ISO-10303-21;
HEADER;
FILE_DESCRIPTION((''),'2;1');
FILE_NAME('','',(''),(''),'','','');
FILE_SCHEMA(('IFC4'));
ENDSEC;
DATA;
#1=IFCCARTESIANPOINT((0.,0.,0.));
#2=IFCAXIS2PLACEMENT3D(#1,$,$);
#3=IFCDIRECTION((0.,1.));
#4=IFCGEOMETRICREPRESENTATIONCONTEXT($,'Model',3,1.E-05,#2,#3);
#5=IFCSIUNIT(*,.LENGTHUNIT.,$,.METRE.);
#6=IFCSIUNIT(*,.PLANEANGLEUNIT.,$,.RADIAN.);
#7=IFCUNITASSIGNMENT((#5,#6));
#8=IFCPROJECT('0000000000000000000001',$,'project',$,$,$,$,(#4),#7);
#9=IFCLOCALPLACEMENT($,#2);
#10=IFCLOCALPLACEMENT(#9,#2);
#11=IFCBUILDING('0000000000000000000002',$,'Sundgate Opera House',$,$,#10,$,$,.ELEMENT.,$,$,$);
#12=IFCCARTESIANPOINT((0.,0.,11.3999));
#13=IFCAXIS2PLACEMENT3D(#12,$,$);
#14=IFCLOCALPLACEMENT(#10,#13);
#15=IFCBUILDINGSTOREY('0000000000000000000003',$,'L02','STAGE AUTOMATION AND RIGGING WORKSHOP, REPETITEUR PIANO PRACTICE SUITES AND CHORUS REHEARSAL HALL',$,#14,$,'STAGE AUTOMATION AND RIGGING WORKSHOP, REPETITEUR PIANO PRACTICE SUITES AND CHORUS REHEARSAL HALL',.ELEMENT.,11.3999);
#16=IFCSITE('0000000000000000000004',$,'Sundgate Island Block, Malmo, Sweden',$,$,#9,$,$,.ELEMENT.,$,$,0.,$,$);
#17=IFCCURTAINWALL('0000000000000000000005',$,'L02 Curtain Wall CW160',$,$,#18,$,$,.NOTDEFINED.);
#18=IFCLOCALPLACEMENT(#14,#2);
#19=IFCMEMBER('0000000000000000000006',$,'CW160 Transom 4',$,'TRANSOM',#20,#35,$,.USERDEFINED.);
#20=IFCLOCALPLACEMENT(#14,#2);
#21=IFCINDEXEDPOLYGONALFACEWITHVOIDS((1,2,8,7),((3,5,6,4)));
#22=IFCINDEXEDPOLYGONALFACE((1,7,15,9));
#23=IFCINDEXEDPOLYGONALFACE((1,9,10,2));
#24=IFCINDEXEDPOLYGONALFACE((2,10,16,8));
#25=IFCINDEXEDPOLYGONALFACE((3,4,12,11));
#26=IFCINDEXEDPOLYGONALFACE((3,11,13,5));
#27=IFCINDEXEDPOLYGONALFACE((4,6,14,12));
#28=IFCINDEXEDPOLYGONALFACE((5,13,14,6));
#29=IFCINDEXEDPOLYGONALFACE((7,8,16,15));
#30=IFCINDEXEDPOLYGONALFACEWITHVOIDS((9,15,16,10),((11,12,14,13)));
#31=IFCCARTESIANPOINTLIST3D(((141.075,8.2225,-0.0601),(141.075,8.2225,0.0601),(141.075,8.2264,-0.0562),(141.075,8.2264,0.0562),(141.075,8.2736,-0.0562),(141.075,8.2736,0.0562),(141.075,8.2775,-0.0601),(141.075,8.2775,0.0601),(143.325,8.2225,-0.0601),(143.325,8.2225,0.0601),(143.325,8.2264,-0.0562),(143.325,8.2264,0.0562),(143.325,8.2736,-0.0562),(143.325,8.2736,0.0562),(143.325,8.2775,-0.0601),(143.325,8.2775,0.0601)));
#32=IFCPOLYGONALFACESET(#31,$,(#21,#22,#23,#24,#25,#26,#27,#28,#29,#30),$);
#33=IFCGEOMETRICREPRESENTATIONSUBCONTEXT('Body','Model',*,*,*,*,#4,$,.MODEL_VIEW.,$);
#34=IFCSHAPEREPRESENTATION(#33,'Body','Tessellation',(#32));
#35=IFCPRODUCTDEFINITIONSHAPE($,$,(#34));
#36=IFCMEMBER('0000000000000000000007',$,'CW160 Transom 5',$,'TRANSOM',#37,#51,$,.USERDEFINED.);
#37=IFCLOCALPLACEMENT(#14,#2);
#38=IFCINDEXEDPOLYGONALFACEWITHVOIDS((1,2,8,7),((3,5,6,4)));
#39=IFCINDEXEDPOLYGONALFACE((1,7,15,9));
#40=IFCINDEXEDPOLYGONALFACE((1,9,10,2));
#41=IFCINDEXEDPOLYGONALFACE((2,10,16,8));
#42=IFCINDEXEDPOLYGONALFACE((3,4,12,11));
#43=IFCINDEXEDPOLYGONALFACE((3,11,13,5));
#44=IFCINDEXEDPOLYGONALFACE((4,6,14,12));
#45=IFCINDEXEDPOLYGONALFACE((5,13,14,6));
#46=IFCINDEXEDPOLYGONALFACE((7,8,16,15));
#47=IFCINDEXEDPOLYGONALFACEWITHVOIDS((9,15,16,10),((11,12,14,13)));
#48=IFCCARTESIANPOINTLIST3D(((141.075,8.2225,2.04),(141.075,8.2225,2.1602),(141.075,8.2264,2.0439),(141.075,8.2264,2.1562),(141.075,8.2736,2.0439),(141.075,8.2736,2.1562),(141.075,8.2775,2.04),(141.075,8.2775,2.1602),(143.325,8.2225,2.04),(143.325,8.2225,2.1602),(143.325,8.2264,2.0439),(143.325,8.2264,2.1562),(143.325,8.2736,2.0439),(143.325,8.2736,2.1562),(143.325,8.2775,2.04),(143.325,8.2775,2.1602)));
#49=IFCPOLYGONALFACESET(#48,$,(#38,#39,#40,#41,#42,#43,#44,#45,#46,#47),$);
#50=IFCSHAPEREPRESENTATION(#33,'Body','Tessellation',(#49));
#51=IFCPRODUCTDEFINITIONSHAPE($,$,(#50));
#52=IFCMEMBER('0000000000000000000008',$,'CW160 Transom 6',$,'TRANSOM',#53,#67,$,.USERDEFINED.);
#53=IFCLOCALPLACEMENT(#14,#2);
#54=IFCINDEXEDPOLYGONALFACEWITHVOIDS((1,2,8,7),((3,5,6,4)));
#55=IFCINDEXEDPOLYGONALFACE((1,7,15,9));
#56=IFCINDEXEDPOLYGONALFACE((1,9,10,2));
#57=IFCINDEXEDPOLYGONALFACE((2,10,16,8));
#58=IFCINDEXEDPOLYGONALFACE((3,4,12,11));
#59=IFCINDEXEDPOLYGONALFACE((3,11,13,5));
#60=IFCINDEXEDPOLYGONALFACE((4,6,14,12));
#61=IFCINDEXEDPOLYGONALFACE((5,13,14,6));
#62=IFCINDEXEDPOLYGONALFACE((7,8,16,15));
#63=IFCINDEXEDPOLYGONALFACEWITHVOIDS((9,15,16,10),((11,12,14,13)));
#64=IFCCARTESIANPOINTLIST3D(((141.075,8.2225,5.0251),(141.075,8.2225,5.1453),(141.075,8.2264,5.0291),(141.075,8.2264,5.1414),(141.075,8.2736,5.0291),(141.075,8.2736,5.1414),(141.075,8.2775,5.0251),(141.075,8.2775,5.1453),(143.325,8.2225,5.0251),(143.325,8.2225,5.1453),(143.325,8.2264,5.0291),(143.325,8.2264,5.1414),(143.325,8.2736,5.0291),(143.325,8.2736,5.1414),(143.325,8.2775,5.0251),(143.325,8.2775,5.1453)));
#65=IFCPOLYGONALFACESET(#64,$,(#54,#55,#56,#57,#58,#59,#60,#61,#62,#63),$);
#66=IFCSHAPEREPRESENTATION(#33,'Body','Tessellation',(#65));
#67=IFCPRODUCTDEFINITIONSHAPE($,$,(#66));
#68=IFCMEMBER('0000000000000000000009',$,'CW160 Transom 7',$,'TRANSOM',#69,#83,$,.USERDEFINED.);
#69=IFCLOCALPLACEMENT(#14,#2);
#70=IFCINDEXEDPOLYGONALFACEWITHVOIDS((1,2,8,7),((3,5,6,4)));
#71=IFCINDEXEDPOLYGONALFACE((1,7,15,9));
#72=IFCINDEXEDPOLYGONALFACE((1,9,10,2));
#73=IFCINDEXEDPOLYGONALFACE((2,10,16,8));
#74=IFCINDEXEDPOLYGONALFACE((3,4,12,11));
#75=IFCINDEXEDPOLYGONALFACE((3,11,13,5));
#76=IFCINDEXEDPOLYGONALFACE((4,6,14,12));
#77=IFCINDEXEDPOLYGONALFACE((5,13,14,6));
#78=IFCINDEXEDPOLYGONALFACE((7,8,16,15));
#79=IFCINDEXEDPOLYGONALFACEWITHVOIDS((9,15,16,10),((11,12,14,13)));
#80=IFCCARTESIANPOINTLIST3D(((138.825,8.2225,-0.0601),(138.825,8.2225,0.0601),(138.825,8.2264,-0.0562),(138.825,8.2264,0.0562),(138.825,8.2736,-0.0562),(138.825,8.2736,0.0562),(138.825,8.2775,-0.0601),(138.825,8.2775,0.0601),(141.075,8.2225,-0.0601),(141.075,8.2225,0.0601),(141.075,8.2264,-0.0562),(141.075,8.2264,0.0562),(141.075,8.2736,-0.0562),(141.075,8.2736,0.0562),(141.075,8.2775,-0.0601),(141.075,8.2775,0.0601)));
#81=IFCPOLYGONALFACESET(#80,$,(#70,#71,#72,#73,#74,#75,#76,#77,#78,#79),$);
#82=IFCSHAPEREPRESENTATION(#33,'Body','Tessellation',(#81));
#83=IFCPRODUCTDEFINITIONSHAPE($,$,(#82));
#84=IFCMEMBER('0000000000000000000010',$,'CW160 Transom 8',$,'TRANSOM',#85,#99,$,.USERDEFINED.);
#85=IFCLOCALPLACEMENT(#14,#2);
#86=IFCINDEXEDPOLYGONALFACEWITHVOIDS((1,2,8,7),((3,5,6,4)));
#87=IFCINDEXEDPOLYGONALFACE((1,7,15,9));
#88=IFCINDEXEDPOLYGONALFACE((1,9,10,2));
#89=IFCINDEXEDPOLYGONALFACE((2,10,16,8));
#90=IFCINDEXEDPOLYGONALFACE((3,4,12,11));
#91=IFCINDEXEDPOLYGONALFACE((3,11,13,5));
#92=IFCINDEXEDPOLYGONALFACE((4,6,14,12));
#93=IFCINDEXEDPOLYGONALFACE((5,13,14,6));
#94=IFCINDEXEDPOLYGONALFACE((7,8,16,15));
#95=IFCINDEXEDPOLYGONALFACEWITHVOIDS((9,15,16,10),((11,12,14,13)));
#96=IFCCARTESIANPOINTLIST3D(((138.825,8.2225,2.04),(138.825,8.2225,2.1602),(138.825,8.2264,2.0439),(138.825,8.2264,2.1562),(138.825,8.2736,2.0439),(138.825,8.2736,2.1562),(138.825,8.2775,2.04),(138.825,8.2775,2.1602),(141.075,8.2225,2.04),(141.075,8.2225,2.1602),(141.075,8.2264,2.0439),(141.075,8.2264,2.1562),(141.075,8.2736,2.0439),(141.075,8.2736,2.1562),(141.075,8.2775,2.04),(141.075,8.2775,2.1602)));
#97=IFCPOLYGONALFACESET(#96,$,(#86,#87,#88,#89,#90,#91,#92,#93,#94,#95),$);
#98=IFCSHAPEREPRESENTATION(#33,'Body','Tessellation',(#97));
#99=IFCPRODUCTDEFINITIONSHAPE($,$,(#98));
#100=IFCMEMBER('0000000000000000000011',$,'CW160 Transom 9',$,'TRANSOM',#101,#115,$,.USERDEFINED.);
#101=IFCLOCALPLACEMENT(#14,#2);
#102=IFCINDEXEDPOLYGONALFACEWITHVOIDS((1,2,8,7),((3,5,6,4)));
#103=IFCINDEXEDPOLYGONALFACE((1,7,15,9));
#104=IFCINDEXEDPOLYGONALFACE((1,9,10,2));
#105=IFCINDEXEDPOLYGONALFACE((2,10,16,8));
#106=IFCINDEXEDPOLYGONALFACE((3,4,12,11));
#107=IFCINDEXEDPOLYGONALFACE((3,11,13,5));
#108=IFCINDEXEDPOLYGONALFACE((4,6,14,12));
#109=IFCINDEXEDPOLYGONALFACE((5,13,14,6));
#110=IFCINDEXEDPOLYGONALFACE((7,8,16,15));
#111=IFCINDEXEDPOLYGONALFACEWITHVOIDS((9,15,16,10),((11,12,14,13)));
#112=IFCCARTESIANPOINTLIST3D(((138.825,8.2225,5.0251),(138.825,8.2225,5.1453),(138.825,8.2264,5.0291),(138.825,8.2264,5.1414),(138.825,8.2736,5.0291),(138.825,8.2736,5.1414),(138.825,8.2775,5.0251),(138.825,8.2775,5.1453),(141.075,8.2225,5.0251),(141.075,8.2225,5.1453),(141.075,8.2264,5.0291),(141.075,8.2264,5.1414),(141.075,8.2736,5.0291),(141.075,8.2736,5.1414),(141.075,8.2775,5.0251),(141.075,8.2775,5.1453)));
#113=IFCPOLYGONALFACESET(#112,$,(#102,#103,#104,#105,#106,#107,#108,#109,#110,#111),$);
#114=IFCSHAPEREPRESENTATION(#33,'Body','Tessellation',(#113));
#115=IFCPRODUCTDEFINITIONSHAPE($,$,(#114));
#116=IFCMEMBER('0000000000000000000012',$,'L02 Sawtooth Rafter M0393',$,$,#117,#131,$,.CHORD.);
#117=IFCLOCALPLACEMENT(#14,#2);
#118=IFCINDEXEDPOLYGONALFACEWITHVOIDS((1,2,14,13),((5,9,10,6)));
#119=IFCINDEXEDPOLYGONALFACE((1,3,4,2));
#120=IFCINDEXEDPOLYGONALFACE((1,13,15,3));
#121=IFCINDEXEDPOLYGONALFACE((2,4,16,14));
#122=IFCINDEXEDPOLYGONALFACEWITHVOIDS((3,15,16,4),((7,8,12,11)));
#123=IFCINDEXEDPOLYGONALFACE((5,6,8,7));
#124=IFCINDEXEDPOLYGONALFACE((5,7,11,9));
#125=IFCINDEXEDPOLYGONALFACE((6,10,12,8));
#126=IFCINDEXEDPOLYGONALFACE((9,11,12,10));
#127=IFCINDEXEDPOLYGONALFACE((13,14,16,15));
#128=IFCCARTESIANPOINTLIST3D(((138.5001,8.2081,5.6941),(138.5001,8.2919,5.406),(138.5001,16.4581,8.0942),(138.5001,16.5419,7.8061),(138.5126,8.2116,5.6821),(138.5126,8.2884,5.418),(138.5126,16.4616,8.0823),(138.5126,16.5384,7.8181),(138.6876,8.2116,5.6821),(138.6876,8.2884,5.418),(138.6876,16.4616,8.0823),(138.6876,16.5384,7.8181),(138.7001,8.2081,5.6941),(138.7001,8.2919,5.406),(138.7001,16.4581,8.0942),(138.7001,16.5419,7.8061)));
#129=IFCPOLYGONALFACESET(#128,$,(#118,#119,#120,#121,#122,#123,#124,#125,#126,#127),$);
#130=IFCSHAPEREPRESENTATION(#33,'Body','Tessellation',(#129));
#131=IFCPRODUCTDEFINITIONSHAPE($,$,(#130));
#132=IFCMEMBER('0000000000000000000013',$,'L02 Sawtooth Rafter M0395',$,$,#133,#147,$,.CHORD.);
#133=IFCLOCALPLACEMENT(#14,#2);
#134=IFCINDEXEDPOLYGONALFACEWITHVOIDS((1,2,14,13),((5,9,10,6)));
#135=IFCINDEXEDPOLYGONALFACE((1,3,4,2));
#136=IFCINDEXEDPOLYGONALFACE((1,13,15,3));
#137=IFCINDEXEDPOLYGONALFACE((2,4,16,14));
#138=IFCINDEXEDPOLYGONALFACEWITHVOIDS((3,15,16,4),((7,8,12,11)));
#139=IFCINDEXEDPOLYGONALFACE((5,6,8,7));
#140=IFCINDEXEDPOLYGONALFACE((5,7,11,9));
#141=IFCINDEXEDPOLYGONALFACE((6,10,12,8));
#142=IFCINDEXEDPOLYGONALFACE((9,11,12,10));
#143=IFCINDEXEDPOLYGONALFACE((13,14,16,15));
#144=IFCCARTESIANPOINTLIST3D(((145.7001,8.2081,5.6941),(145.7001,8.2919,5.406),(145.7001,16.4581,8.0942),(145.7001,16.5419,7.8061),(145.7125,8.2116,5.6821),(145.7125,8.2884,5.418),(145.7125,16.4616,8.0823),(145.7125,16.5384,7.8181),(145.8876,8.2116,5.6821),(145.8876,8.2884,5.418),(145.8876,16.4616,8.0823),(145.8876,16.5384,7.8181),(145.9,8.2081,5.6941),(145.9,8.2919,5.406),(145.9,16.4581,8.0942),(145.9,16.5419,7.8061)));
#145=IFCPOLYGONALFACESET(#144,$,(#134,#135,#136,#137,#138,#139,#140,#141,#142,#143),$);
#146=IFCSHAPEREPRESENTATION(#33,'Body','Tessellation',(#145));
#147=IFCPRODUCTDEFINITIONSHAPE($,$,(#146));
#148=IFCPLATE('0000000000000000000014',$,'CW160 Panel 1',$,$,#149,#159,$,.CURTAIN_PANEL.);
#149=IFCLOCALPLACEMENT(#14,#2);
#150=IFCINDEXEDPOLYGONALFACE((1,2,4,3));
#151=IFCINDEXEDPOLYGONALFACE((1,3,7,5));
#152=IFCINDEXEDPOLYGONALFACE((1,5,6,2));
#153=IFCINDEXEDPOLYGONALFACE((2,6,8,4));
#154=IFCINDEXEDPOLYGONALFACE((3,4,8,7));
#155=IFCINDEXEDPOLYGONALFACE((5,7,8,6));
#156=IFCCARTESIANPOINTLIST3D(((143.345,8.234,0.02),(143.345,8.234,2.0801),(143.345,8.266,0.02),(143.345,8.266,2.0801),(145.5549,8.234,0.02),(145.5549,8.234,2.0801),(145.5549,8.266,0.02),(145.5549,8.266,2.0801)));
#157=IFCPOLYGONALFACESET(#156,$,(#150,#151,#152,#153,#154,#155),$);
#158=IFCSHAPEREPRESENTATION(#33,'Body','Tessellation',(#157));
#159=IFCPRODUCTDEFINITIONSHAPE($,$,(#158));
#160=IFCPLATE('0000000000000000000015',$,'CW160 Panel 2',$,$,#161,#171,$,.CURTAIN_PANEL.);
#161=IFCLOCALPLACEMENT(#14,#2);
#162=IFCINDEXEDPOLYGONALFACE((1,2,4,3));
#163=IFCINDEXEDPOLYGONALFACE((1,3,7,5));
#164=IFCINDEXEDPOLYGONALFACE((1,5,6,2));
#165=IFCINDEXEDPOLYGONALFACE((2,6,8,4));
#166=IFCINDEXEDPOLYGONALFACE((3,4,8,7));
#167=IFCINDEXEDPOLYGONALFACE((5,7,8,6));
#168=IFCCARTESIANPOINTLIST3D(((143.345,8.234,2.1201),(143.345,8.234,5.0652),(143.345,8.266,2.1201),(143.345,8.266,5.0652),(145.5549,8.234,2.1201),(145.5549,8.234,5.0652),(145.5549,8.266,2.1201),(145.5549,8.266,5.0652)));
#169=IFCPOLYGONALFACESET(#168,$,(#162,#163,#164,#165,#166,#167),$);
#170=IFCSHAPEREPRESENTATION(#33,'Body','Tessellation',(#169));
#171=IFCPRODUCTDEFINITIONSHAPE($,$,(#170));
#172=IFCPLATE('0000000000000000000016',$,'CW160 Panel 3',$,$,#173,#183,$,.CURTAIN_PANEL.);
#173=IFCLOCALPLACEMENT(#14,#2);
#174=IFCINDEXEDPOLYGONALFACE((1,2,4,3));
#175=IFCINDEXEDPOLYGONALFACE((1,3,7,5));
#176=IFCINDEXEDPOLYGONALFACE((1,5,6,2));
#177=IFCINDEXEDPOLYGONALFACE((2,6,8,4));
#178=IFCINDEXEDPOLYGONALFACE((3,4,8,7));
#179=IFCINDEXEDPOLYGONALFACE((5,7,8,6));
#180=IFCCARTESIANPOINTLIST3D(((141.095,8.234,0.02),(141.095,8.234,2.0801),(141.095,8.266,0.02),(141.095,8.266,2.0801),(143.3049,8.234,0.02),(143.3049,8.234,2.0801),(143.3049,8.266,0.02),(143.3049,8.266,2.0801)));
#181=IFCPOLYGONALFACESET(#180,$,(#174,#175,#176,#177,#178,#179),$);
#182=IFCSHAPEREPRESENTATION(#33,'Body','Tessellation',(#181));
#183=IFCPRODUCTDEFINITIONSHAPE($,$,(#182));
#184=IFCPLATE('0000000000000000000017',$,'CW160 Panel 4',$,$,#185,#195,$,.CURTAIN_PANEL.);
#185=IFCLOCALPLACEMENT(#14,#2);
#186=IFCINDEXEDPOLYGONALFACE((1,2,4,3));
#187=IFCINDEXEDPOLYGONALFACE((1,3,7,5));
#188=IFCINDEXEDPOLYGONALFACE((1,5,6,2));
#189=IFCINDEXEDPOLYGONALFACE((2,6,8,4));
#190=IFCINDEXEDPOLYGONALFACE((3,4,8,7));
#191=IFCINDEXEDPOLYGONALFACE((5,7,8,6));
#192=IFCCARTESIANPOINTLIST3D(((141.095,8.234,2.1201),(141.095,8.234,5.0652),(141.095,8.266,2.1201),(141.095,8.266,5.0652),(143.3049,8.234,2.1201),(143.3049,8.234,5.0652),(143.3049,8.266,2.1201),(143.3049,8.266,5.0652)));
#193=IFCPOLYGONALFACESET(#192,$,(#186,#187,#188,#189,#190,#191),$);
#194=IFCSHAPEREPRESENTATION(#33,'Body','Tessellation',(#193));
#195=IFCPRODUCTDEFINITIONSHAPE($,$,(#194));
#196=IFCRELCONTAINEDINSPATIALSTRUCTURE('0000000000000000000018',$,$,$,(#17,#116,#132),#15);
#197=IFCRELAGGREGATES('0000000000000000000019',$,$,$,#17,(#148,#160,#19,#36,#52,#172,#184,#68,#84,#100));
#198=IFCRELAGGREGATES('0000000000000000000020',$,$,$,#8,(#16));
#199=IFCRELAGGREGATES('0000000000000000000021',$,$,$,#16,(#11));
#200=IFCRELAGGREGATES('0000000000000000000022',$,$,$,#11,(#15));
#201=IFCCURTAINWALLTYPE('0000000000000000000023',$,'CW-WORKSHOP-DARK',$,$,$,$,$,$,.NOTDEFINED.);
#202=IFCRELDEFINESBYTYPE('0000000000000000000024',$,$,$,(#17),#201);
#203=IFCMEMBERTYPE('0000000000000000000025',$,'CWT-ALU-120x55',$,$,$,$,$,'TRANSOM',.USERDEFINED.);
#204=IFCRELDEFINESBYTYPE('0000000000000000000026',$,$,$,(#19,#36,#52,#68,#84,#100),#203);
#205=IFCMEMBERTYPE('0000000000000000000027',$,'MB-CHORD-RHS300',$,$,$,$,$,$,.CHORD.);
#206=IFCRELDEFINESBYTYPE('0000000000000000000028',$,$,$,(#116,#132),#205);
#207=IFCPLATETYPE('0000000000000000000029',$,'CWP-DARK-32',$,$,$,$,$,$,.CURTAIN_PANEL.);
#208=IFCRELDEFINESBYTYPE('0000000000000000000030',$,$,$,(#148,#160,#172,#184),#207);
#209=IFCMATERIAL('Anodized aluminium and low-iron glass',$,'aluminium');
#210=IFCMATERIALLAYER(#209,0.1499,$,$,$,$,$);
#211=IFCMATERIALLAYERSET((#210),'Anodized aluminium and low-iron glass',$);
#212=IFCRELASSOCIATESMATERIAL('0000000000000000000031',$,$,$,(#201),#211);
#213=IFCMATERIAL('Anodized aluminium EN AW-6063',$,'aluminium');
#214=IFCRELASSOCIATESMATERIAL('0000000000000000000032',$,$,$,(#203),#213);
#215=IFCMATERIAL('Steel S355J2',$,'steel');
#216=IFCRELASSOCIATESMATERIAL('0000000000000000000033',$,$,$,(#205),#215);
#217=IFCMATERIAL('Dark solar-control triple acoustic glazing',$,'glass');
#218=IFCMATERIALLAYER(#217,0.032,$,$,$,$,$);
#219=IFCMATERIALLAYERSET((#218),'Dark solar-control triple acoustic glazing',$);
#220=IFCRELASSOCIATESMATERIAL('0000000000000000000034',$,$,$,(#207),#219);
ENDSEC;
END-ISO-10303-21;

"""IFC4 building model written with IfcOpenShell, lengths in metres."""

from ifc_helpers import new_model, si_unit, direction, frame, origin, origin_2d, place, context, subcontext, project, spatial, rectangle, hollow_rectangle, extrude, material, layer, layer_set, material_profile, profile_set, type_object, element, aggregate, save


model = new_model("IFC4")

# Units and contexts
model_context = context("Model", 3, precision=1e-05, world=origin(), true_north=direction((0.0, 1.0)))
body_context = subcontext(model_context, "Body", "Model", "MODEL_VIEW")
ifc_project = project(units=[si_unit("LENGTHUNIT", "METRE"), si_unit("PLANEANGLEUNIT", "RADIAN")], contexts=[model_context])

# Site, building, storey
site_placement = place(None, origin())
site = spatial("IfcSite", under=ifc_project, at=site_placement, Name="Sundgate Island Block, Malmo, Sweden", CompositionType="ELEMENT", RefElevation=0.0)
building_placement = place(site_placement, origin())
building = spatial("IfcBuilding", under=site, at=building_placement, Name="Sundgate Opera House", CompositionType="ELEMENT")
storey_placement = place(building_placement, frame((0.0, 0.0, 11.3999)))
storey = spatial("IfcBuildingStorey", under=building, at=storey_placement, Name="L02", Description="STAGE AUTOMATION AND RIGGING WORKSHOP, REPETITEUR PIANO PRACTICE SUITES AND CHORUS REHEARSAL HALL", LongName="STAGE AUTOMATION AND RIGGING WORKSHOP, REPETITEUR PIANO PRACTICE SUITES AND CHORUS REHEARSAL HALL", CompositionType="ELEMENT", Elevation=11.3999)

# Curtain wall
ifc_material_1 = material(Name="Anodized aluminium and low-iron glass", Category="aluminium")
ifc_layer_1 = layer(ifc_material_1, 0.1499)
ifc_layer_set_1 = layer_set([ifc_layer_1], Name="Anodized aluminium and low-iron glass")
curtain_wall_type = type_object("IfcCurtainWallType", Name="CW-WORKSHOP-DARK", PredefinedType="NOTDEFINED", material=ifc_layer_set_1)
curtain_wall_1_placement = place(storey_placement, origin())
curtain_wall_1 = element("IfcCurtainWall", 1, at=curtain_wall_1_placement, inside=storey, type_object=curtain_wall_type, Name="L02 Curtain Wall CW160", PredefinedType="NOTDEFINED")

# Shared definitions
ifc_material_2 = material(Name="Anodized aluminium EN AW-6063", Category="aluminium")
ifc_material_profile_1 = material_profile(ifc_material_2, hollow_rectangle(XDim=0.0549, YDim=0.1201, WallThickness=0.0039, at=origin_2d()), Name="CWT 120x55x4")
ifc_profile_set_1 = profile_set([ifc_material_profile_1], Name="Anodized aluminium EN AW-6063")
member_type_1 = type_object("IfcMemberType", Name="CWT-ALU-120x55", ElementType="TRANSOM", PredefinedType="USERDEFINED", material=ifc_profile_set_1)

# Members
member_1_placement = place(storey_placement, frame((143.325, 8.25, 0.0), z_axis=(-1.0, 0.0, 0.0), x_axis=(0.0, -1.0, 0.0)))
member_1 = element("IfcMember", 2, at=member_1_placement, type_object=member_type_1, Name="CW160 Transom 4", ObjectType="TRANSOM", PredefinedType="USERDEFINED", context=body_context, shape_type="SweptSolid", body=[
    extrude(hollow_rectangle(XDim=0.0549, YDim=0.1201, WallThickness=0.0039, at=origin_2d()), origin(), (0.0, 0.0, 1.0), 2.25),
])
member_2_placement = place(storey_placement, frame((143.325, 8.25, 2.1001), z_axis=(-1.0, 0.0, 0.0), x_axis=(0.0, -1.0, 0.0)))
member_2 = element("IfcMember", 3, at=member_2_placement, type_object=member_type_1, Name="CW160 Transom 5", ObjectType="TRANSOM", PredefinedType="USERDEFINED", context=body_context, shape_type="SweptSolid", body=[
    extrude(hollow_rectangle(XDim=0.0549, YDim=0.1201, WallThickness=0.0039, at=origin_2d()), origin(), (0.0, 0.0, 1.0), 2.25),
])
member_3_placement = place(storey_placement, frame((143.325, 8.25, 5.0852), z_axis=(-1.0, 0.0, 0.0), x_axis=(0.0, -1.0, 0.0)))
member_3 = element("IfcMember", 4, at=member_3_placement, type_object=member_type_1, Name="CW160 Transom 6", ObjectType="TRANSOM", PredefinedType="USERDEFINED", context=body_context, shape_type="SweptSolid", body=[
    extrude(hollow_rectangle(XDim=0.0549, YDim=0.1201, WallThickness=0.0039, at=origin_2d()), origin(), (0.0, 0.0, 1.0), 2.25),
])
member_4_placement = place(storey_placement, frame((141.075, 8.25, 0.0), z_axis=(-1.0, 0.0, 0.0), x_axis=(0.0, -1.0, 0.0)))
member_4 = element("IfcMember", 5, at=member_4_placement, type_object=member_type_1, Name="CW160 Transom 7", ObjectType="TRANSOM", PredefinedType="USERDEFINED", context=body_context, shape_type="SweptSolid", body=[
    extrude(hollow_rectangle(XDim=0.0549, YDim=0.1201, WallThickness=0.0039, at=origin_2d()), origin(), (0.0, 0.0, 1.0), 2.25),
])
member_5_placement = place(storey_placement, frame((141.075, 8.25, 2.1001), z_axis=(-1.0, 0.0, 0.0), x_axis=(0.0, -1.0, 0.0)))
member_5 = element("IfcMember", 6, at=member_5_placement, type_object=member_type_1, Name="CW160 Transom 8", ObjectType="TRANSOM", PredefinedType="USERDEFINED", context=body_context, shape_type="SweptSolid", body=[
    extrude(hollow_rectangle(XDim=0.0549, YDim=0.1201, WallThickness=0.0039, at=origin_2d()), origin(), (0.0, 0.0, 1.0), 2.25),
])
member_6_placement = place(storey_placement, frame((141.075, 8.25, 5.0852), z_axis=(-1.0, 0.0, 0.0), x_axis=(0.0, -1.0, 0.0)))
member_6 = element("IfcMember", 7, at=member_6_placement, type_object=member_type_1, Name="CW160 Transom 9", ObjectType="TRANSOM", PredefinedType="USERDEFINED", context=body_context, shape_type="SweptSolid", body=[
    extrude(hollow_rectangle(XDim=0.0549, YDim=0.1201, WallThickness=0.0039, at=origin_2d()), origin(), (0.0, 0.0, 1.0), 2.25),
])

# Members
ifc_material_3 = material(Name="Steel S355J2", Category="steel")
ifc_material_profile_2 = material_profile(ifc_material_3, hollow_rectangle(XDim=0.2, YDim=0.3, WallThickness=0.0125, at=origin_2d()), Name="RHS 300x200x12.5")
ifc_profile_set_2 = profile_set([ifc_material_profile_2], Name="Steel S355J2")
member_type_2 = type_object("IfcMemberType", Name="MB-CHORD-RHS300", PredefinedType="CHORD", material=ifc_profile_set_2)
for number, where, z_axis, x_axis, name in (
    (8, (138.6001, 8.25, 5.55), (0.0, 0.960191, 0.279345), (-1.0, 0.0, 0.0), "L02 Sawtooth Rafter M0393"),
    (9, (145.8, 8.25, 5.55), (0.0, 0.960191, 0.279345), (-1.0, 0.0, 0.0), "L02 Sawtooth Rafter M0395"),
):
    element("IfcMember", number, at=place(storey_placement, frame(where, z_axis=z_axis, x_axis=x_axis)), inside=storey, type_object=member_type_2, Name=name, PredefinedType="CHORD", context=body_context, shape_type="SweptSolid", body=[
        extrude(hollow_rectangle(XDim=0.2, YDim=0.3, WallThickness=0.0125, at=origin_2d()), origin(), (0.0, 0.0, 1.0), 8.592),
    ])

# Plates
ifc_material_4 = material(Name="Dark solar-control triple acoustic glazing", Category="glass")
ifc_layer_2 = layer(ifc_material_4, 0.032)
ifc_layer_set_2 = layer_set([ifc_layer_2], Name="Dark solar-control triple acoustic glazing")
plate_type_1 = type_object("IfcPlateType", Name="CWP-DARK-32", PredefinedType="CURTAIN_PANEL", material=ifc_layer_set_2)
plate_1_placement = place(storey_placement, frame((144.45, 8.25, 0.02), z_axis=(0.0, 0.0, 1.0), x_axis=(-1.0, 0.0, 0.0)))
plate_1 = element("IfcPlate", 10, at=plate_1_placement, type_object=plate_type_1, Name="CW160 Panel 1", PredefinedType="CURTAIN_PANEL", context=body_context, shape_type="SweptSolid", body=[
    extrude(rectangle(XDim=2.21, YDim=0.032, at=origin_2d()), origin(), (0.0, 0.0, 1.0), 2.0601),
])
plate_2_placement = place(storey_placement, frame((144.45, 8.25, 2.1201), z_axis=(0.0, 0.0, 1.0), x_axis=(-1.0, 0.0, 0.0)))
plate_2 = element("IfcPlate", 11, at=plate_2_placement, type_object=plate_type_1, Name="CW160 Panel 2", PredefinedType="CURTAIN_PANEL", context=body_context, shape_type="SweptSolid", body=[
    extrude(rectangle(XDim=2.21, YDim=0.032, at=origin_2d()), origin(), (0.0, 0.0, 1.0), 2.9451),
])
plate_3_placement = place(storey_placement, frame((142.2, 8.25, 0.02), z_axis=(0.0, 0.0, 1.0), x_axis=(-1.0, 0.0, 0.0)))
plate_3 = element("IfcPlate", 12, at=plate_3_placement, type_object=plate_type_1, Name="CW160 Panel 3", PredefinedType="CURTAIN_PANEL", context=body_context, shape_type="SweptSolid", body=[
    extrude(rectangle(XDim=2.21, YDim=0.032, at=origin_2d()), origin(), (0.0, 0.0, 1.0), 2.0601),
])
plate_4_placement = place(storey_placement, frame((142.2, 8.25, 2.1201), z_axis=(0.0, 0.0, 1.0), x_axis=(-1.0, 0.0, 0.0)))
plate_4 = element("IfcPlate", 13, at=plate_4_placement, type_object=plate_type_1, Name="CW160 Panel 4", PredefinedType="CURTAIN_PANEL", context=body_context, shape_type="SweptSolid", body=[
    extrude(rectangle(XDim=2.21, YDim=0.032, at=origin_2d()), origin(), (0.0, 0.0, 1.0), 2.9451),
])
aggregate(curtain_wall_1, [plate_1, plate_2, member_1, member_2, member_3, plate_3, plate_4, member_4, member_5, member_6])

save(model, "model.ifc")
